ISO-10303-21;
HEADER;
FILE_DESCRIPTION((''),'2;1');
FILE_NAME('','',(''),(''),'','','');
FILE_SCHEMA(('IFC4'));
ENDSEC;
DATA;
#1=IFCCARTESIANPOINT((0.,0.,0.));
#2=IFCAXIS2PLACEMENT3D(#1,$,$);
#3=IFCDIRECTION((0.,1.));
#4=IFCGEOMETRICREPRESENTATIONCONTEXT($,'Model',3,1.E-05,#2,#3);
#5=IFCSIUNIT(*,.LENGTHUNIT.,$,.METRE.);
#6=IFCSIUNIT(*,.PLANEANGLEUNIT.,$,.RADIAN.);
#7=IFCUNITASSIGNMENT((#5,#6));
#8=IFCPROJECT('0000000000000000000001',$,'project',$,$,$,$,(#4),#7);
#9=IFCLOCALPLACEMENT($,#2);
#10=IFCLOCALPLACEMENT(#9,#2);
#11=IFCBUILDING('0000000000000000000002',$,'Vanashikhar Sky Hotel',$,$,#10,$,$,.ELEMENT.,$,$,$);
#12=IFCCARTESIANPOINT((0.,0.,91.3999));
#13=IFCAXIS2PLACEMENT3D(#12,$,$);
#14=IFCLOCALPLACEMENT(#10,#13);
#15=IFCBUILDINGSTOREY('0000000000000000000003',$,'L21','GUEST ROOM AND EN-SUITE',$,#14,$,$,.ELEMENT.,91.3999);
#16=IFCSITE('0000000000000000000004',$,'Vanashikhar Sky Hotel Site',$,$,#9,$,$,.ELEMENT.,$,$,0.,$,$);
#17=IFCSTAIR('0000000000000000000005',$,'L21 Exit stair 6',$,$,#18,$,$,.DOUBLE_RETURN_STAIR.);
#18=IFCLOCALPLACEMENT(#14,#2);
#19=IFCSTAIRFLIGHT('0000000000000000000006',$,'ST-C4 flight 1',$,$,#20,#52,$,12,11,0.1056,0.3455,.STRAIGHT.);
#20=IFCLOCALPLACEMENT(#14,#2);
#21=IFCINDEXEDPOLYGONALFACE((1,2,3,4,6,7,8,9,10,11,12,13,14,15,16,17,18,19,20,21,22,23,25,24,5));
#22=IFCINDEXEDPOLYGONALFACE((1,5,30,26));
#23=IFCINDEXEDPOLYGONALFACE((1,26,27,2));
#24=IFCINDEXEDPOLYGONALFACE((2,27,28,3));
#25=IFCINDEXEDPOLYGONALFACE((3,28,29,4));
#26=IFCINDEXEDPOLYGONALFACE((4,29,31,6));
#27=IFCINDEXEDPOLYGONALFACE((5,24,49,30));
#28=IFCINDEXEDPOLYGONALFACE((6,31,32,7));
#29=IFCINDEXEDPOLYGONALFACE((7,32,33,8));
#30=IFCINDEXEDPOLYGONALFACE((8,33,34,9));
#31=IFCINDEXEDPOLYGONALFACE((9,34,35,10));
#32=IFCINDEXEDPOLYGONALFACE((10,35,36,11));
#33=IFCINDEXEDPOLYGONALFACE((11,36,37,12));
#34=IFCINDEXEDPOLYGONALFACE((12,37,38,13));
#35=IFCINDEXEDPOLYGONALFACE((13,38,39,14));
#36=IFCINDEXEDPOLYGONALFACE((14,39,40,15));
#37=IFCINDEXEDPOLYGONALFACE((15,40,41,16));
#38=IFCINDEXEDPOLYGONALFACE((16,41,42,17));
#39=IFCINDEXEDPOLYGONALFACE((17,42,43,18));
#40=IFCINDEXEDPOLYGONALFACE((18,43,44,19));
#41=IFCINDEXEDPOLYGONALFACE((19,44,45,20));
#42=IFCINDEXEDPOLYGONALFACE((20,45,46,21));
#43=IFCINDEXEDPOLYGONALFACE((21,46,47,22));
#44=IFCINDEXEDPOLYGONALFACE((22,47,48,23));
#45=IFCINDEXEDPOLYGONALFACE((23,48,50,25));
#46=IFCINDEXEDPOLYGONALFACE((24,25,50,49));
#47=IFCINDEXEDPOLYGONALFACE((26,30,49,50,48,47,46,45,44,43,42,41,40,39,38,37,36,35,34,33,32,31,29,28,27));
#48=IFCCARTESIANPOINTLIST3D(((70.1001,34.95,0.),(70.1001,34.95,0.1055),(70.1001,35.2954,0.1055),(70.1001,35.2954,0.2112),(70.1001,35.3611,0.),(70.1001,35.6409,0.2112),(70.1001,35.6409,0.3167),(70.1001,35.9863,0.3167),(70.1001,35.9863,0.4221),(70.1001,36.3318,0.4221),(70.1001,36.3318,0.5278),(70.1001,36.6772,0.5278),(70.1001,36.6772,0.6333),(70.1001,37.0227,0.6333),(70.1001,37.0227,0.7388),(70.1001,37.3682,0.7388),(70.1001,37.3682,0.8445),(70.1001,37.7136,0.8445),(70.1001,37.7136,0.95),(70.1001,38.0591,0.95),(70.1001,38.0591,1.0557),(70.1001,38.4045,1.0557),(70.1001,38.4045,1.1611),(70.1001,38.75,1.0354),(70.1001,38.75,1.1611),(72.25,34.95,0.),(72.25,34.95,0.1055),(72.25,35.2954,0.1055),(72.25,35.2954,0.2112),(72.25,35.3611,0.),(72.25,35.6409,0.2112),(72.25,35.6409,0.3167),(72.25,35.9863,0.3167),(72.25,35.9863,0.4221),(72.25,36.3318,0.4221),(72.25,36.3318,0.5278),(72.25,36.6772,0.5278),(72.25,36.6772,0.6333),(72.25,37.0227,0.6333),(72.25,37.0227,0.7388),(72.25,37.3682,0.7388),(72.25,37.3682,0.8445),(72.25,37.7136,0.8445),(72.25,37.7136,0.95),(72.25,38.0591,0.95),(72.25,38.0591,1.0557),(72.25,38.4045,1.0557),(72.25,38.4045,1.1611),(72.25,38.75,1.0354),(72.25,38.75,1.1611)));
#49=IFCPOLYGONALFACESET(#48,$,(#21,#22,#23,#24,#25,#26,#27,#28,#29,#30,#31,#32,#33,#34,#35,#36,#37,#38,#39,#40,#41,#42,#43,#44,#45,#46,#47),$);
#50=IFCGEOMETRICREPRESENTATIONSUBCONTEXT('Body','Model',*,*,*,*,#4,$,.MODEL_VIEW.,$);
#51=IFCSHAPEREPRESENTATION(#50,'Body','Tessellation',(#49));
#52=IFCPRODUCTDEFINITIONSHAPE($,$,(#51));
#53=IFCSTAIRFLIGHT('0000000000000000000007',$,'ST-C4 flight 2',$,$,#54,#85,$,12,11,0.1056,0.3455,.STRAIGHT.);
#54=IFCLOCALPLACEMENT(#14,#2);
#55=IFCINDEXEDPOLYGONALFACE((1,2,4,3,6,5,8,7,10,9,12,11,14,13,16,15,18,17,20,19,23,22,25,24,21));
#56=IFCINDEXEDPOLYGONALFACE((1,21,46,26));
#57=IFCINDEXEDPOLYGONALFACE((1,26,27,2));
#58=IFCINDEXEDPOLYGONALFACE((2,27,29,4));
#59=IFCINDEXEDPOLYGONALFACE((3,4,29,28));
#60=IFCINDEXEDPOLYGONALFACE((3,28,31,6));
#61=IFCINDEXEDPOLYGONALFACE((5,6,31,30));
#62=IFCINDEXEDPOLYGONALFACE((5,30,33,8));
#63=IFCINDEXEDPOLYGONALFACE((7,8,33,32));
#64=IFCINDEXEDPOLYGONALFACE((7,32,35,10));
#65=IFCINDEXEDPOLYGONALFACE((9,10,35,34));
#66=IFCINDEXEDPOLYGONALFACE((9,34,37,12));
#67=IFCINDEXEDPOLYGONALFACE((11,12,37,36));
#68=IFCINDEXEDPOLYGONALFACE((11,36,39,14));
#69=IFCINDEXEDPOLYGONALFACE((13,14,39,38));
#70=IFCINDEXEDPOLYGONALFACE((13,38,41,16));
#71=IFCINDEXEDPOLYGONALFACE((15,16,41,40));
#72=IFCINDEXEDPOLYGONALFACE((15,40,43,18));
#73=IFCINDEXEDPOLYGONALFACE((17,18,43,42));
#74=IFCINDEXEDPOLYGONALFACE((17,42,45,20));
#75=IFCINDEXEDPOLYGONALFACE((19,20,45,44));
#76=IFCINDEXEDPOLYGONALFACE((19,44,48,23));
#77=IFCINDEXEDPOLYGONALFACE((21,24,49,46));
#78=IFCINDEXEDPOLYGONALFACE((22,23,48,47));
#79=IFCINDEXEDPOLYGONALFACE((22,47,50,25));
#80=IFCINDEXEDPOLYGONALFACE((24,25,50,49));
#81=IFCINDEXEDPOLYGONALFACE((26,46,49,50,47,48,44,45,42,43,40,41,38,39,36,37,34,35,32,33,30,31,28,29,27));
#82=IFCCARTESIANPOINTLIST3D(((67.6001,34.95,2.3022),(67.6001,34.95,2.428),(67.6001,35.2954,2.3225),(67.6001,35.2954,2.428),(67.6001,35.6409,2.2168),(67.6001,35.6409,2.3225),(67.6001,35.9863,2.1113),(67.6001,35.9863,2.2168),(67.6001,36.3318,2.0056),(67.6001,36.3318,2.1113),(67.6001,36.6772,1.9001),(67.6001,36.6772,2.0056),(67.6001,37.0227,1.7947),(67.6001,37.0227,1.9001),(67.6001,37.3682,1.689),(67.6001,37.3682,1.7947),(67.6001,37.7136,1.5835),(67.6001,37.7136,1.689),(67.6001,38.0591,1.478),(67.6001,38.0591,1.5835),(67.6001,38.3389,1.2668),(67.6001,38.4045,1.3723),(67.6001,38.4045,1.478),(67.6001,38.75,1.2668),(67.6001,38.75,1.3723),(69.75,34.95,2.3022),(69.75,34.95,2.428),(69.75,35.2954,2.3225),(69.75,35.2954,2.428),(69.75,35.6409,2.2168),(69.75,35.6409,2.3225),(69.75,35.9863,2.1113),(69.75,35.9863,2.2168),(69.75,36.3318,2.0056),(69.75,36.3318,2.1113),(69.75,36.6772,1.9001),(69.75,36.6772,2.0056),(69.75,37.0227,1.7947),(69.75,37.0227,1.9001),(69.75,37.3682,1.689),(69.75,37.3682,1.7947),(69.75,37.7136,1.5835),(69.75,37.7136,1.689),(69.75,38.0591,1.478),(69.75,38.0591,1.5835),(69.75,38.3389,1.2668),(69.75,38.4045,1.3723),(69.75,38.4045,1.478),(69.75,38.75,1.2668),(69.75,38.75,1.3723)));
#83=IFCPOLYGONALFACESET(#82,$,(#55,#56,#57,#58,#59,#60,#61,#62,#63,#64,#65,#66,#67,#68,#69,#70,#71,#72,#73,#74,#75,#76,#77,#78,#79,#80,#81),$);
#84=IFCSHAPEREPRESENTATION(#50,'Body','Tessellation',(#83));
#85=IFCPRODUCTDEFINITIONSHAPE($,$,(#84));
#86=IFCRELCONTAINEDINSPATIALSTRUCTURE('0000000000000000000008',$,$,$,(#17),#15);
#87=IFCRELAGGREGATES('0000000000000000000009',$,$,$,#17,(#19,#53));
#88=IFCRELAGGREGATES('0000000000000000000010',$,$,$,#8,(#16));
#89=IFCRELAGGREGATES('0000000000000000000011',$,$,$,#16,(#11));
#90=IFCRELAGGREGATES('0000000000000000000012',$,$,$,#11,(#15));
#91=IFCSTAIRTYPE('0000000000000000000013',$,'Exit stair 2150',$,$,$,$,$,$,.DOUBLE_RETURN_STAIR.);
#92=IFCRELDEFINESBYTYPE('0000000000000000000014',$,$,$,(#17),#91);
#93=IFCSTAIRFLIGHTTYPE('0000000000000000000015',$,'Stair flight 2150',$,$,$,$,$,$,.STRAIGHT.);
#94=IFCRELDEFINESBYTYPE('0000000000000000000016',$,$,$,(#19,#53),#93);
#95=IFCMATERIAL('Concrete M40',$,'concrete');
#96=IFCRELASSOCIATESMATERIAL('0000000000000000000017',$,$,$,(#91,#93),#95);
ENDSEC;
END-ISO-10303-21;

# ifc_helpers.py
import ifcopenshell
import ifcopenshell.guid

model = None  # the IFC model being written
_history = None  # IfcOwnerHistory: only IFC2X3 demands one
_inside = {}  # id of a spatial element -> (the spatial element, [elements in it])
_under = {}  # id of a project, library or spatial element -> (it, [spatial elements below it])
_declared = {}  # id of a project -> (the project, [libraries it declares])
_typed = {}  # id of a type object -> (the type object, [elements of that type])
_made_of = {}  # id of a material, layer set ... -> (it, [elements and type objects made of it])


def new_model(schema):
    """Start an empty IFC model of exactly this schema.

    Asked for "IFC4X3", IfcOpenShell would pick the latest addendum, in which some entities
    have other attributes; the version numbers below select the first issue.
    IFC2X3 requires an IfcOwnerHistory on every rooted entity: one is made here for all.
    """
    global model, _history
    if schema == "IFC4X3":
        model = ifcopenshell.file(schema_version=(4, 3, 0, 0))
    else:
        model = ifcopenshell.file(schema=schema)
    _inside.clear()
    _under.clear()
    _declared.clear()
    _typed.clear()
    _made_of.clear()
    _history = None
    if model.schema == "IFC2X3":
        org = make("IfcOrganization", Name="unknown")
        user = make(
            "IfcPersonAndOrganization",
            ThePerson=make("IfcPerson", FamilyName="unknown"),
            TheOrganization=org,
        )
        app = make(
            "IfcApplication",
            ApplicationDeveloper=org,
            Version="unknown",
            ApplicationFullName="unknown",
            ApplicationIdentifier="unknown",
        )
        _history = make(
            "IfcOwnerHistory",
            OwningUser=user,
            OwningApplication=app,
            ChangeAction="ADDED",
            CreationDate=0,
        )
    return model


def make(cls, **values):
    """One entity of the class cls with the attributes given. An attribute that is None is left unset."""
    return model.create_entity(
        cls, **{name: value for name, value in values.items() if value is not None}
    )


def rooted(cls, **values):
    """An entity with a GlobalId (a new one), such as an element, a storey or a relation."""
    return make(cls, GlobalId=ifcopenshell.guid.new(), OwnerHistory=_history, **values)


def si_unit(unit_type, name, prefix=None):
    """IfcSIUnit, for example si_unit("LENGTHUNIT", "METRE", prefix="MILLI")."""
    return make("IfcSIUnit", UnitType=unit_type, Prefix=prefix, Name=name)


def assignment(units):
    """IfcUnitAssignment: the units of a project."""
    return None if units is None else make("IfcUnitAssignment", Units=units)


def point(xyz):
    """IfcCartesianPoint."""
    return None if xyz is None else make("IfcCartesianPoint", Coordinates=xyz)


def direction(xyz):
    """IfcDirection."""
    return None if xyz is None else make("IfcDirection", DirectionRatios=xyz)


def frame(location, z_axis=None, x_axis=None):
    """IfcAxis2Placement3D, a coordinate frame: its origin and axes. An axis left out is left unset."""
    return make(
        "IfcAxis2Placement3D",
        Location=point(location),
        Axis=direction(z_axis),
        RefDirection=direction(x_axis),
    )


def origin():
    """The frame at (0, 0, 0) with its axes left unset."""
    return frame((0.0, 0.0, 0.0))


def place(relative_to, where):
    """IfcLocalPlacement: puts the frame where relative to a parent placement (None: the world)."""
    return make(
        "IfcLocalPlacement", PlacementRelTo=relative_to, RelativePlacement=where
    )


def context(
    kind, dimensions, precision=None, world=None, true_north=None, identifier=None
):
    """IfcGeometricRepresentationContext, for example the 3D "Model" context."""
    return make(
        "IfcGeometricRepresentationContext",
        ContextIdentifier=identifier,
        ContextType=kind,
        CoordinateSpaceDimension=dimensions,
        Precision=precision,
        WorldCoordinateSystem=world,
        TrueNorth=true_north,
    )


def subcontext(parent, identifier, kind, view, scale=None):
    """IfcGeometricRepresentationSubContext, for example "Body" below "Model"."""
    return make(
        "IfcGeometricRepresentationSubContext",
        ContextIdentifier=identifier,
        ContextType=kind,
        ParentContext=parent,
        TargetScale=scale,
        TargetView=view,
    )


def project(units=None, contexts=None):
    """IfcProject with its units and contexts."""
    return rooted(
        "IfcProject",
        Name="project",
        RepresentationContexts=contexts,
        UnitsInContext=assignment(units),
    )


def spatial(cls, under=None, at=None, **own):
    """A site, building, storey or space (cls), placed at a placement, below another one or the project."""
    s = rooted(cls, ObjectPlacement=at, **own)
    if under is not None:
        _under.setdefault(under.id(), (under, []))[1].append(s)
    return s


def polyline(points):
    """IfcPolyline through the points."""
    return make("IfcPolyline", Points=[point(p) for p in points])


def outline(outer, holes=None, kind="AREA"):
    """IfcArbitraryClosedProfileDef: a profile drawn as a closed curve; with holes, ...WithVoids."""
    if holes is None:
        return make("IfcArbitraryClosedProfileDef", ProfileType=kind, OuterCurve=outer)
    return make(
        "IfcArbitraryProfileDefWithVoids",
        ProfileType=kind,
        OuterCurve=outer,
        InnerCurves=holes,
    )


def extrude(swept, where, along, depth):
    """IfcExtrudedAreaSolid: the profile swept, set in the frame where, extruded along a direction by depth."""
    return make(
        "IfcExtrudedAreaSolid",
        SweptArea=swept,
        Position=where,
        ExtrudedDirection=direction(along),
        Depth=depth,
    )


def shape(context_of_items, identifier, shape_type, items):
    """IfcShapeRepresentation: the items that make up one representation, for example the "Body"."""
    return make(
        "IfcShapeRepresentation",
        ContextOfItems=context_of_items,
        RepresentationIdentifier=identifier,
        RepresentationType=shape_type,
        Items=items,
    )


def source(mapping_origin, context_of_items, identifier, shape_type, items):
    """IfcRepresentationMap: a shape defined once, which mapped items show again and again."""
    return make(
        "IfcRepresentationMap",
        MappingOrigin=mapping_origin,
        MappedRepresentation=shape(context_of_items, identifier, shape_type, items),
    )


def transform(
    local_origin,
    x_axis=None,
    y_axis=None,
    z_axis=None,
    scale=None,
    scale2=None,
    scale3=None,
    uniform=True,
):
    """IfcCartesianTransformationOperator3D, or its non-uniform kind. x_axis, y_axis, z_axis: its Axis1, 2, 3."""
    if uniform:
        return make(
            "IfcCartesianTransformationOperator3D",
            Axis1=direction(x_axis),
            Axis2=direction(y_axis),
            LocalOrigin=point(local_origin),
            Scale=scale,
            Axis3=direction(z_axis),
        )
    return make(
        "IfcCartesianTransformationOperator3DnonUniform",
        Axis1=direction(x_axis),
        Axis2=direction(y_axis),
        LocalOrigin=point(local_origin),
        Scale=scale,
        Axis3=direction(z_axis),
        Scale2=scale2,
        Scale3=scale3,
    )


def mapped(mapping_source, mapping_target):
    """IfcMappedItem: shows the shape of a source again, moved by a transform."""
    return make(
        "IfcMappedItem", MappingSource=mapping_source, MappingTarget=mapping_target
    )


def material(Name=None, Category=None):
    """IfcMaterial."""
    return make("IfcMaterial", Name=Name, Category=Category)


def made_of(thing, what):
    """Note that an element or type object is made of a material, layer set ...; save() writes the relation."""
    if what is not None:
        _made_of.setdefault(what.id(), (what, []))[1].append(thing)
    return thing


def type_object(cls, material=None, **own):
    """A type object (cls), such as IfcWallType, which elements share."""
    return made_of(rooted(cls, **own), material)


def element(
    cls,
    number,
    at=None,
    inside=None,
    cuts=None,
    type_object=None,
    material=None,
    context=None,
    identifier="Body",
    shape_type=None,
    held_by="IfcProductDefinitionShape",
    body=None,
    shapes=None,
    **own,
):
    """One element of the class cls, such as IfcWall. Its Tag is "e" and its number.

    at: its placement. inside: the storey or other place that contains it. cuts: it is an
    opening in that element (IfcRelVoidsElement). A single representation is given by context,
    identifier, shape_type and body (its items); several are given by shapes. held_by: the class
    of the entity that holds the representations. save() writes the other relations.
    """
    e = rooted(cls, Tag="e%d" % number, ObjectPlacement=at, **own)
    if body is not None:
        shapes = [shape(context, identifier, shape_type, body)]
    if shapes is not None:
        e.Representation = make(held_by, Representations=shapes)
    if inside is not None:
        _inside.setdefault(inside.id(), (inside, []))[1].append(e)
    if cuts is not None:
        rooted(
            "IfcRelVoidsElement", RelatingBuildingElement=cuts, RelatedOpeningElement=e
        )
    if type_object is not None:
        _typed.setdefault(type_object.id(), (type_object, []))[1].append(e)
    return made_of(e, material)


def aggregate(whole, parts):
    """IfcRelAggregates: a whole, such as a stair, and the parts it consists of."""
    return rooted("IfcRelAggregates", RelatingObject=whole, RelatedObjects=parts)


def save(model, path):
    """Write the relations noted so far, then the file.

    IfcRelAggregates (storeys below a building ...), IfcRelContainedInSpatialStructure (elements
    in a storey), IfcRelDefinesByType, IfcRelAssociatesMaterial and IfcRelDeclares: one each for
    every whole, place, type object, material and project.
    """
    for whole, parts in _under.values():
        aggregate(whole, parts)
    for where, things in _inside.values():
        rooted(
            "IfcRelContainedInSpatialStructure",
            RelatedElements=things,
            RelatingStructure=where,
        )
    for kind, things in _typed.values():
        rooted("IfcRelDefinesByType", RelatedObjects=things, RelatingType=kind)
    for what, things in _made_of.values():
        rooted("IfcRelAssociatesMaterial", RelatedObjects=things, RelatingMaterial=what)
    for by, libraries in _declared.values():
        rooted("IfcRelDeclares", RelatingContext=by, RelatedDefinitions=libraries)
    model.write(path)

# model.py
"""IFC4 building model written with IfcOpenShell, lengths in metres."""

from ifc_helpers import new_model, si_unit, direction, frame, origin, place, context, subcontext, project, spatial, polyline, outline, extrude, source, transform, mapped, material, type_object, element, aggregate, save


model = new_model("IFC4")

# Units and contexts
model_context = context("Model", 3, precision=1e-05, world=origin(), true_north=direction((0.0, 1.0)))
body_context = subcontext(model_context, "Body", "Model", "MODEL_VIEW")
ifc_project = project(units=[si_unit("LENGTHUNIT", "METRE"), si_unit("PLANEANGLEUNIT", "RADIAN")], contexts=[model_context])

# Site, building, storey
site_placement = place(None, origin())
site = spatial("IfcSite", under=ifc_project, at=site_placement, Name="Vanashikhar Sky Hotel Site", CompositionType="ELEMENT", RefElevation=0.0)
building_placement = place(site_placement, origin())
building = spatial("IfcBuilding", under=site, at=building_placement, Name="Vanashikhar Sky Hotel", CompositionType="ELEMENT")
storey_placement = place(building_placement, frame((0.0, 0.0, 91.3999)))
storey = spatial("IfcBuildingStorey", under=building, at=storey_placement, Name="L21", Description="GUEST ROOM AND EN-SUITE", CompositionType="ELEMENT", Elevation=91.3999)

# Stair, stair flights
ifc_material_1 = material(Name="Concrete M40", Category="concrete")
stair_type = type_object("IfcStairType", Name="Exit stair 2150", PredefinedType="DOUBLE_RETURN_STAIR", material=ifc_material_1)
stair_placement = place(storey_placement, origin())
stair = element("IfcStair", 1, at=stair_placement, inside=storey, type_object=stair_type, Name="L21 Exit stair 6", PredefinedType="DOUBLE_RETURN_STAIR")
stair_flight_type = type_object("IfcStairFlightType", Name="Stair flight 2150", PredefinedType="STRAIGHT", material=ifc_material_1)
shared_shape_1 = source(origin(), body_context, "Body", "SweptSolid", [
    extrude(outline(polyline([(0.0, 0.0), (0.0, 0.1055), (0.3455, 0.1055), (0.3455, 0.2112), (0.6909, 0.2112), (0.6909, 0.3167), (1.0364, 0.3167), (1.0364, 0.4221), (1.3818, 0.4221), (1.3818, 0.5278), (1.7273, 0.5278), (1.7273, 0.6333), (2.0728, 0.6333), (2.0728, 0.7388), (2.4182, 0.7388), (2.4182, 0.8445), (2.7637, 0.8445), (2.7637, 0.95), (3.1091, 0.95), (3.1091, 1.0557), (3.4546, 1.0557), (3.4546, 1.1611), (3.8, 1.1611), (3.8, 1.2666), (3.8, 1.0354), (0.4111, 0.0), (0.0, 0.0)])), frame((0.0, 1.075, 0.0), z_axis=(0.0, -1.0, 0.0), x_axis=(1.0, 0.0, 0.0)), (0.0, 0.0, 1.0), 2.1499),
])
stair_flight_1_placement = place(storey_placement, frame((71.175, 34.95, 0.0), z_axis=(0.0, 0.0, 1.0), x_axis=(0.0, 1.0, 0.0)))
stair_flight_1 = element("IfcStairFlight", 2, at=stair_flight_1_placement, type_object=stair_flight_type, Name="ST-C4 flight 1", NumberOfRisers=12, NumberOfTreads=11, PredefinedType="STRAIGHT", RiserHeight=0.1056, TreadLength=0.3455, context=body_context, shape_type="MappedRepresentation", body=[
    mapped(shared_shape_1, transform((0.0, 0.0, 0.0), scale=1.0)),
])
stair_flight_2_placement = place(storey_placement, frame((68.675, 38.75, 1.2668), z_axis=(0.0, 0.0, 1.0), x_axis=(0.0, -1.0, 0.0)))
stair_flight_2 = element("IfcStairFlight", 3, at=stair_flight_2_placement, type_object=stair_flight_type, Name="ST-C4 flight 2", NumberOfRisers=12, NumberOfTreads=11, PredefinedType="STRAIGHT", RiserHeight=0.1056, TreadLength=0.3455, context=body_context, shape_type="MappedRepresentation", body=[
    mapped(shared_shape_1, transform((0.0, 0.0, 0.0), scale=1.0)),
])
aggregate(stair, [stair_flight_1, stair_flight_2])

save(model, "model.ifc")
